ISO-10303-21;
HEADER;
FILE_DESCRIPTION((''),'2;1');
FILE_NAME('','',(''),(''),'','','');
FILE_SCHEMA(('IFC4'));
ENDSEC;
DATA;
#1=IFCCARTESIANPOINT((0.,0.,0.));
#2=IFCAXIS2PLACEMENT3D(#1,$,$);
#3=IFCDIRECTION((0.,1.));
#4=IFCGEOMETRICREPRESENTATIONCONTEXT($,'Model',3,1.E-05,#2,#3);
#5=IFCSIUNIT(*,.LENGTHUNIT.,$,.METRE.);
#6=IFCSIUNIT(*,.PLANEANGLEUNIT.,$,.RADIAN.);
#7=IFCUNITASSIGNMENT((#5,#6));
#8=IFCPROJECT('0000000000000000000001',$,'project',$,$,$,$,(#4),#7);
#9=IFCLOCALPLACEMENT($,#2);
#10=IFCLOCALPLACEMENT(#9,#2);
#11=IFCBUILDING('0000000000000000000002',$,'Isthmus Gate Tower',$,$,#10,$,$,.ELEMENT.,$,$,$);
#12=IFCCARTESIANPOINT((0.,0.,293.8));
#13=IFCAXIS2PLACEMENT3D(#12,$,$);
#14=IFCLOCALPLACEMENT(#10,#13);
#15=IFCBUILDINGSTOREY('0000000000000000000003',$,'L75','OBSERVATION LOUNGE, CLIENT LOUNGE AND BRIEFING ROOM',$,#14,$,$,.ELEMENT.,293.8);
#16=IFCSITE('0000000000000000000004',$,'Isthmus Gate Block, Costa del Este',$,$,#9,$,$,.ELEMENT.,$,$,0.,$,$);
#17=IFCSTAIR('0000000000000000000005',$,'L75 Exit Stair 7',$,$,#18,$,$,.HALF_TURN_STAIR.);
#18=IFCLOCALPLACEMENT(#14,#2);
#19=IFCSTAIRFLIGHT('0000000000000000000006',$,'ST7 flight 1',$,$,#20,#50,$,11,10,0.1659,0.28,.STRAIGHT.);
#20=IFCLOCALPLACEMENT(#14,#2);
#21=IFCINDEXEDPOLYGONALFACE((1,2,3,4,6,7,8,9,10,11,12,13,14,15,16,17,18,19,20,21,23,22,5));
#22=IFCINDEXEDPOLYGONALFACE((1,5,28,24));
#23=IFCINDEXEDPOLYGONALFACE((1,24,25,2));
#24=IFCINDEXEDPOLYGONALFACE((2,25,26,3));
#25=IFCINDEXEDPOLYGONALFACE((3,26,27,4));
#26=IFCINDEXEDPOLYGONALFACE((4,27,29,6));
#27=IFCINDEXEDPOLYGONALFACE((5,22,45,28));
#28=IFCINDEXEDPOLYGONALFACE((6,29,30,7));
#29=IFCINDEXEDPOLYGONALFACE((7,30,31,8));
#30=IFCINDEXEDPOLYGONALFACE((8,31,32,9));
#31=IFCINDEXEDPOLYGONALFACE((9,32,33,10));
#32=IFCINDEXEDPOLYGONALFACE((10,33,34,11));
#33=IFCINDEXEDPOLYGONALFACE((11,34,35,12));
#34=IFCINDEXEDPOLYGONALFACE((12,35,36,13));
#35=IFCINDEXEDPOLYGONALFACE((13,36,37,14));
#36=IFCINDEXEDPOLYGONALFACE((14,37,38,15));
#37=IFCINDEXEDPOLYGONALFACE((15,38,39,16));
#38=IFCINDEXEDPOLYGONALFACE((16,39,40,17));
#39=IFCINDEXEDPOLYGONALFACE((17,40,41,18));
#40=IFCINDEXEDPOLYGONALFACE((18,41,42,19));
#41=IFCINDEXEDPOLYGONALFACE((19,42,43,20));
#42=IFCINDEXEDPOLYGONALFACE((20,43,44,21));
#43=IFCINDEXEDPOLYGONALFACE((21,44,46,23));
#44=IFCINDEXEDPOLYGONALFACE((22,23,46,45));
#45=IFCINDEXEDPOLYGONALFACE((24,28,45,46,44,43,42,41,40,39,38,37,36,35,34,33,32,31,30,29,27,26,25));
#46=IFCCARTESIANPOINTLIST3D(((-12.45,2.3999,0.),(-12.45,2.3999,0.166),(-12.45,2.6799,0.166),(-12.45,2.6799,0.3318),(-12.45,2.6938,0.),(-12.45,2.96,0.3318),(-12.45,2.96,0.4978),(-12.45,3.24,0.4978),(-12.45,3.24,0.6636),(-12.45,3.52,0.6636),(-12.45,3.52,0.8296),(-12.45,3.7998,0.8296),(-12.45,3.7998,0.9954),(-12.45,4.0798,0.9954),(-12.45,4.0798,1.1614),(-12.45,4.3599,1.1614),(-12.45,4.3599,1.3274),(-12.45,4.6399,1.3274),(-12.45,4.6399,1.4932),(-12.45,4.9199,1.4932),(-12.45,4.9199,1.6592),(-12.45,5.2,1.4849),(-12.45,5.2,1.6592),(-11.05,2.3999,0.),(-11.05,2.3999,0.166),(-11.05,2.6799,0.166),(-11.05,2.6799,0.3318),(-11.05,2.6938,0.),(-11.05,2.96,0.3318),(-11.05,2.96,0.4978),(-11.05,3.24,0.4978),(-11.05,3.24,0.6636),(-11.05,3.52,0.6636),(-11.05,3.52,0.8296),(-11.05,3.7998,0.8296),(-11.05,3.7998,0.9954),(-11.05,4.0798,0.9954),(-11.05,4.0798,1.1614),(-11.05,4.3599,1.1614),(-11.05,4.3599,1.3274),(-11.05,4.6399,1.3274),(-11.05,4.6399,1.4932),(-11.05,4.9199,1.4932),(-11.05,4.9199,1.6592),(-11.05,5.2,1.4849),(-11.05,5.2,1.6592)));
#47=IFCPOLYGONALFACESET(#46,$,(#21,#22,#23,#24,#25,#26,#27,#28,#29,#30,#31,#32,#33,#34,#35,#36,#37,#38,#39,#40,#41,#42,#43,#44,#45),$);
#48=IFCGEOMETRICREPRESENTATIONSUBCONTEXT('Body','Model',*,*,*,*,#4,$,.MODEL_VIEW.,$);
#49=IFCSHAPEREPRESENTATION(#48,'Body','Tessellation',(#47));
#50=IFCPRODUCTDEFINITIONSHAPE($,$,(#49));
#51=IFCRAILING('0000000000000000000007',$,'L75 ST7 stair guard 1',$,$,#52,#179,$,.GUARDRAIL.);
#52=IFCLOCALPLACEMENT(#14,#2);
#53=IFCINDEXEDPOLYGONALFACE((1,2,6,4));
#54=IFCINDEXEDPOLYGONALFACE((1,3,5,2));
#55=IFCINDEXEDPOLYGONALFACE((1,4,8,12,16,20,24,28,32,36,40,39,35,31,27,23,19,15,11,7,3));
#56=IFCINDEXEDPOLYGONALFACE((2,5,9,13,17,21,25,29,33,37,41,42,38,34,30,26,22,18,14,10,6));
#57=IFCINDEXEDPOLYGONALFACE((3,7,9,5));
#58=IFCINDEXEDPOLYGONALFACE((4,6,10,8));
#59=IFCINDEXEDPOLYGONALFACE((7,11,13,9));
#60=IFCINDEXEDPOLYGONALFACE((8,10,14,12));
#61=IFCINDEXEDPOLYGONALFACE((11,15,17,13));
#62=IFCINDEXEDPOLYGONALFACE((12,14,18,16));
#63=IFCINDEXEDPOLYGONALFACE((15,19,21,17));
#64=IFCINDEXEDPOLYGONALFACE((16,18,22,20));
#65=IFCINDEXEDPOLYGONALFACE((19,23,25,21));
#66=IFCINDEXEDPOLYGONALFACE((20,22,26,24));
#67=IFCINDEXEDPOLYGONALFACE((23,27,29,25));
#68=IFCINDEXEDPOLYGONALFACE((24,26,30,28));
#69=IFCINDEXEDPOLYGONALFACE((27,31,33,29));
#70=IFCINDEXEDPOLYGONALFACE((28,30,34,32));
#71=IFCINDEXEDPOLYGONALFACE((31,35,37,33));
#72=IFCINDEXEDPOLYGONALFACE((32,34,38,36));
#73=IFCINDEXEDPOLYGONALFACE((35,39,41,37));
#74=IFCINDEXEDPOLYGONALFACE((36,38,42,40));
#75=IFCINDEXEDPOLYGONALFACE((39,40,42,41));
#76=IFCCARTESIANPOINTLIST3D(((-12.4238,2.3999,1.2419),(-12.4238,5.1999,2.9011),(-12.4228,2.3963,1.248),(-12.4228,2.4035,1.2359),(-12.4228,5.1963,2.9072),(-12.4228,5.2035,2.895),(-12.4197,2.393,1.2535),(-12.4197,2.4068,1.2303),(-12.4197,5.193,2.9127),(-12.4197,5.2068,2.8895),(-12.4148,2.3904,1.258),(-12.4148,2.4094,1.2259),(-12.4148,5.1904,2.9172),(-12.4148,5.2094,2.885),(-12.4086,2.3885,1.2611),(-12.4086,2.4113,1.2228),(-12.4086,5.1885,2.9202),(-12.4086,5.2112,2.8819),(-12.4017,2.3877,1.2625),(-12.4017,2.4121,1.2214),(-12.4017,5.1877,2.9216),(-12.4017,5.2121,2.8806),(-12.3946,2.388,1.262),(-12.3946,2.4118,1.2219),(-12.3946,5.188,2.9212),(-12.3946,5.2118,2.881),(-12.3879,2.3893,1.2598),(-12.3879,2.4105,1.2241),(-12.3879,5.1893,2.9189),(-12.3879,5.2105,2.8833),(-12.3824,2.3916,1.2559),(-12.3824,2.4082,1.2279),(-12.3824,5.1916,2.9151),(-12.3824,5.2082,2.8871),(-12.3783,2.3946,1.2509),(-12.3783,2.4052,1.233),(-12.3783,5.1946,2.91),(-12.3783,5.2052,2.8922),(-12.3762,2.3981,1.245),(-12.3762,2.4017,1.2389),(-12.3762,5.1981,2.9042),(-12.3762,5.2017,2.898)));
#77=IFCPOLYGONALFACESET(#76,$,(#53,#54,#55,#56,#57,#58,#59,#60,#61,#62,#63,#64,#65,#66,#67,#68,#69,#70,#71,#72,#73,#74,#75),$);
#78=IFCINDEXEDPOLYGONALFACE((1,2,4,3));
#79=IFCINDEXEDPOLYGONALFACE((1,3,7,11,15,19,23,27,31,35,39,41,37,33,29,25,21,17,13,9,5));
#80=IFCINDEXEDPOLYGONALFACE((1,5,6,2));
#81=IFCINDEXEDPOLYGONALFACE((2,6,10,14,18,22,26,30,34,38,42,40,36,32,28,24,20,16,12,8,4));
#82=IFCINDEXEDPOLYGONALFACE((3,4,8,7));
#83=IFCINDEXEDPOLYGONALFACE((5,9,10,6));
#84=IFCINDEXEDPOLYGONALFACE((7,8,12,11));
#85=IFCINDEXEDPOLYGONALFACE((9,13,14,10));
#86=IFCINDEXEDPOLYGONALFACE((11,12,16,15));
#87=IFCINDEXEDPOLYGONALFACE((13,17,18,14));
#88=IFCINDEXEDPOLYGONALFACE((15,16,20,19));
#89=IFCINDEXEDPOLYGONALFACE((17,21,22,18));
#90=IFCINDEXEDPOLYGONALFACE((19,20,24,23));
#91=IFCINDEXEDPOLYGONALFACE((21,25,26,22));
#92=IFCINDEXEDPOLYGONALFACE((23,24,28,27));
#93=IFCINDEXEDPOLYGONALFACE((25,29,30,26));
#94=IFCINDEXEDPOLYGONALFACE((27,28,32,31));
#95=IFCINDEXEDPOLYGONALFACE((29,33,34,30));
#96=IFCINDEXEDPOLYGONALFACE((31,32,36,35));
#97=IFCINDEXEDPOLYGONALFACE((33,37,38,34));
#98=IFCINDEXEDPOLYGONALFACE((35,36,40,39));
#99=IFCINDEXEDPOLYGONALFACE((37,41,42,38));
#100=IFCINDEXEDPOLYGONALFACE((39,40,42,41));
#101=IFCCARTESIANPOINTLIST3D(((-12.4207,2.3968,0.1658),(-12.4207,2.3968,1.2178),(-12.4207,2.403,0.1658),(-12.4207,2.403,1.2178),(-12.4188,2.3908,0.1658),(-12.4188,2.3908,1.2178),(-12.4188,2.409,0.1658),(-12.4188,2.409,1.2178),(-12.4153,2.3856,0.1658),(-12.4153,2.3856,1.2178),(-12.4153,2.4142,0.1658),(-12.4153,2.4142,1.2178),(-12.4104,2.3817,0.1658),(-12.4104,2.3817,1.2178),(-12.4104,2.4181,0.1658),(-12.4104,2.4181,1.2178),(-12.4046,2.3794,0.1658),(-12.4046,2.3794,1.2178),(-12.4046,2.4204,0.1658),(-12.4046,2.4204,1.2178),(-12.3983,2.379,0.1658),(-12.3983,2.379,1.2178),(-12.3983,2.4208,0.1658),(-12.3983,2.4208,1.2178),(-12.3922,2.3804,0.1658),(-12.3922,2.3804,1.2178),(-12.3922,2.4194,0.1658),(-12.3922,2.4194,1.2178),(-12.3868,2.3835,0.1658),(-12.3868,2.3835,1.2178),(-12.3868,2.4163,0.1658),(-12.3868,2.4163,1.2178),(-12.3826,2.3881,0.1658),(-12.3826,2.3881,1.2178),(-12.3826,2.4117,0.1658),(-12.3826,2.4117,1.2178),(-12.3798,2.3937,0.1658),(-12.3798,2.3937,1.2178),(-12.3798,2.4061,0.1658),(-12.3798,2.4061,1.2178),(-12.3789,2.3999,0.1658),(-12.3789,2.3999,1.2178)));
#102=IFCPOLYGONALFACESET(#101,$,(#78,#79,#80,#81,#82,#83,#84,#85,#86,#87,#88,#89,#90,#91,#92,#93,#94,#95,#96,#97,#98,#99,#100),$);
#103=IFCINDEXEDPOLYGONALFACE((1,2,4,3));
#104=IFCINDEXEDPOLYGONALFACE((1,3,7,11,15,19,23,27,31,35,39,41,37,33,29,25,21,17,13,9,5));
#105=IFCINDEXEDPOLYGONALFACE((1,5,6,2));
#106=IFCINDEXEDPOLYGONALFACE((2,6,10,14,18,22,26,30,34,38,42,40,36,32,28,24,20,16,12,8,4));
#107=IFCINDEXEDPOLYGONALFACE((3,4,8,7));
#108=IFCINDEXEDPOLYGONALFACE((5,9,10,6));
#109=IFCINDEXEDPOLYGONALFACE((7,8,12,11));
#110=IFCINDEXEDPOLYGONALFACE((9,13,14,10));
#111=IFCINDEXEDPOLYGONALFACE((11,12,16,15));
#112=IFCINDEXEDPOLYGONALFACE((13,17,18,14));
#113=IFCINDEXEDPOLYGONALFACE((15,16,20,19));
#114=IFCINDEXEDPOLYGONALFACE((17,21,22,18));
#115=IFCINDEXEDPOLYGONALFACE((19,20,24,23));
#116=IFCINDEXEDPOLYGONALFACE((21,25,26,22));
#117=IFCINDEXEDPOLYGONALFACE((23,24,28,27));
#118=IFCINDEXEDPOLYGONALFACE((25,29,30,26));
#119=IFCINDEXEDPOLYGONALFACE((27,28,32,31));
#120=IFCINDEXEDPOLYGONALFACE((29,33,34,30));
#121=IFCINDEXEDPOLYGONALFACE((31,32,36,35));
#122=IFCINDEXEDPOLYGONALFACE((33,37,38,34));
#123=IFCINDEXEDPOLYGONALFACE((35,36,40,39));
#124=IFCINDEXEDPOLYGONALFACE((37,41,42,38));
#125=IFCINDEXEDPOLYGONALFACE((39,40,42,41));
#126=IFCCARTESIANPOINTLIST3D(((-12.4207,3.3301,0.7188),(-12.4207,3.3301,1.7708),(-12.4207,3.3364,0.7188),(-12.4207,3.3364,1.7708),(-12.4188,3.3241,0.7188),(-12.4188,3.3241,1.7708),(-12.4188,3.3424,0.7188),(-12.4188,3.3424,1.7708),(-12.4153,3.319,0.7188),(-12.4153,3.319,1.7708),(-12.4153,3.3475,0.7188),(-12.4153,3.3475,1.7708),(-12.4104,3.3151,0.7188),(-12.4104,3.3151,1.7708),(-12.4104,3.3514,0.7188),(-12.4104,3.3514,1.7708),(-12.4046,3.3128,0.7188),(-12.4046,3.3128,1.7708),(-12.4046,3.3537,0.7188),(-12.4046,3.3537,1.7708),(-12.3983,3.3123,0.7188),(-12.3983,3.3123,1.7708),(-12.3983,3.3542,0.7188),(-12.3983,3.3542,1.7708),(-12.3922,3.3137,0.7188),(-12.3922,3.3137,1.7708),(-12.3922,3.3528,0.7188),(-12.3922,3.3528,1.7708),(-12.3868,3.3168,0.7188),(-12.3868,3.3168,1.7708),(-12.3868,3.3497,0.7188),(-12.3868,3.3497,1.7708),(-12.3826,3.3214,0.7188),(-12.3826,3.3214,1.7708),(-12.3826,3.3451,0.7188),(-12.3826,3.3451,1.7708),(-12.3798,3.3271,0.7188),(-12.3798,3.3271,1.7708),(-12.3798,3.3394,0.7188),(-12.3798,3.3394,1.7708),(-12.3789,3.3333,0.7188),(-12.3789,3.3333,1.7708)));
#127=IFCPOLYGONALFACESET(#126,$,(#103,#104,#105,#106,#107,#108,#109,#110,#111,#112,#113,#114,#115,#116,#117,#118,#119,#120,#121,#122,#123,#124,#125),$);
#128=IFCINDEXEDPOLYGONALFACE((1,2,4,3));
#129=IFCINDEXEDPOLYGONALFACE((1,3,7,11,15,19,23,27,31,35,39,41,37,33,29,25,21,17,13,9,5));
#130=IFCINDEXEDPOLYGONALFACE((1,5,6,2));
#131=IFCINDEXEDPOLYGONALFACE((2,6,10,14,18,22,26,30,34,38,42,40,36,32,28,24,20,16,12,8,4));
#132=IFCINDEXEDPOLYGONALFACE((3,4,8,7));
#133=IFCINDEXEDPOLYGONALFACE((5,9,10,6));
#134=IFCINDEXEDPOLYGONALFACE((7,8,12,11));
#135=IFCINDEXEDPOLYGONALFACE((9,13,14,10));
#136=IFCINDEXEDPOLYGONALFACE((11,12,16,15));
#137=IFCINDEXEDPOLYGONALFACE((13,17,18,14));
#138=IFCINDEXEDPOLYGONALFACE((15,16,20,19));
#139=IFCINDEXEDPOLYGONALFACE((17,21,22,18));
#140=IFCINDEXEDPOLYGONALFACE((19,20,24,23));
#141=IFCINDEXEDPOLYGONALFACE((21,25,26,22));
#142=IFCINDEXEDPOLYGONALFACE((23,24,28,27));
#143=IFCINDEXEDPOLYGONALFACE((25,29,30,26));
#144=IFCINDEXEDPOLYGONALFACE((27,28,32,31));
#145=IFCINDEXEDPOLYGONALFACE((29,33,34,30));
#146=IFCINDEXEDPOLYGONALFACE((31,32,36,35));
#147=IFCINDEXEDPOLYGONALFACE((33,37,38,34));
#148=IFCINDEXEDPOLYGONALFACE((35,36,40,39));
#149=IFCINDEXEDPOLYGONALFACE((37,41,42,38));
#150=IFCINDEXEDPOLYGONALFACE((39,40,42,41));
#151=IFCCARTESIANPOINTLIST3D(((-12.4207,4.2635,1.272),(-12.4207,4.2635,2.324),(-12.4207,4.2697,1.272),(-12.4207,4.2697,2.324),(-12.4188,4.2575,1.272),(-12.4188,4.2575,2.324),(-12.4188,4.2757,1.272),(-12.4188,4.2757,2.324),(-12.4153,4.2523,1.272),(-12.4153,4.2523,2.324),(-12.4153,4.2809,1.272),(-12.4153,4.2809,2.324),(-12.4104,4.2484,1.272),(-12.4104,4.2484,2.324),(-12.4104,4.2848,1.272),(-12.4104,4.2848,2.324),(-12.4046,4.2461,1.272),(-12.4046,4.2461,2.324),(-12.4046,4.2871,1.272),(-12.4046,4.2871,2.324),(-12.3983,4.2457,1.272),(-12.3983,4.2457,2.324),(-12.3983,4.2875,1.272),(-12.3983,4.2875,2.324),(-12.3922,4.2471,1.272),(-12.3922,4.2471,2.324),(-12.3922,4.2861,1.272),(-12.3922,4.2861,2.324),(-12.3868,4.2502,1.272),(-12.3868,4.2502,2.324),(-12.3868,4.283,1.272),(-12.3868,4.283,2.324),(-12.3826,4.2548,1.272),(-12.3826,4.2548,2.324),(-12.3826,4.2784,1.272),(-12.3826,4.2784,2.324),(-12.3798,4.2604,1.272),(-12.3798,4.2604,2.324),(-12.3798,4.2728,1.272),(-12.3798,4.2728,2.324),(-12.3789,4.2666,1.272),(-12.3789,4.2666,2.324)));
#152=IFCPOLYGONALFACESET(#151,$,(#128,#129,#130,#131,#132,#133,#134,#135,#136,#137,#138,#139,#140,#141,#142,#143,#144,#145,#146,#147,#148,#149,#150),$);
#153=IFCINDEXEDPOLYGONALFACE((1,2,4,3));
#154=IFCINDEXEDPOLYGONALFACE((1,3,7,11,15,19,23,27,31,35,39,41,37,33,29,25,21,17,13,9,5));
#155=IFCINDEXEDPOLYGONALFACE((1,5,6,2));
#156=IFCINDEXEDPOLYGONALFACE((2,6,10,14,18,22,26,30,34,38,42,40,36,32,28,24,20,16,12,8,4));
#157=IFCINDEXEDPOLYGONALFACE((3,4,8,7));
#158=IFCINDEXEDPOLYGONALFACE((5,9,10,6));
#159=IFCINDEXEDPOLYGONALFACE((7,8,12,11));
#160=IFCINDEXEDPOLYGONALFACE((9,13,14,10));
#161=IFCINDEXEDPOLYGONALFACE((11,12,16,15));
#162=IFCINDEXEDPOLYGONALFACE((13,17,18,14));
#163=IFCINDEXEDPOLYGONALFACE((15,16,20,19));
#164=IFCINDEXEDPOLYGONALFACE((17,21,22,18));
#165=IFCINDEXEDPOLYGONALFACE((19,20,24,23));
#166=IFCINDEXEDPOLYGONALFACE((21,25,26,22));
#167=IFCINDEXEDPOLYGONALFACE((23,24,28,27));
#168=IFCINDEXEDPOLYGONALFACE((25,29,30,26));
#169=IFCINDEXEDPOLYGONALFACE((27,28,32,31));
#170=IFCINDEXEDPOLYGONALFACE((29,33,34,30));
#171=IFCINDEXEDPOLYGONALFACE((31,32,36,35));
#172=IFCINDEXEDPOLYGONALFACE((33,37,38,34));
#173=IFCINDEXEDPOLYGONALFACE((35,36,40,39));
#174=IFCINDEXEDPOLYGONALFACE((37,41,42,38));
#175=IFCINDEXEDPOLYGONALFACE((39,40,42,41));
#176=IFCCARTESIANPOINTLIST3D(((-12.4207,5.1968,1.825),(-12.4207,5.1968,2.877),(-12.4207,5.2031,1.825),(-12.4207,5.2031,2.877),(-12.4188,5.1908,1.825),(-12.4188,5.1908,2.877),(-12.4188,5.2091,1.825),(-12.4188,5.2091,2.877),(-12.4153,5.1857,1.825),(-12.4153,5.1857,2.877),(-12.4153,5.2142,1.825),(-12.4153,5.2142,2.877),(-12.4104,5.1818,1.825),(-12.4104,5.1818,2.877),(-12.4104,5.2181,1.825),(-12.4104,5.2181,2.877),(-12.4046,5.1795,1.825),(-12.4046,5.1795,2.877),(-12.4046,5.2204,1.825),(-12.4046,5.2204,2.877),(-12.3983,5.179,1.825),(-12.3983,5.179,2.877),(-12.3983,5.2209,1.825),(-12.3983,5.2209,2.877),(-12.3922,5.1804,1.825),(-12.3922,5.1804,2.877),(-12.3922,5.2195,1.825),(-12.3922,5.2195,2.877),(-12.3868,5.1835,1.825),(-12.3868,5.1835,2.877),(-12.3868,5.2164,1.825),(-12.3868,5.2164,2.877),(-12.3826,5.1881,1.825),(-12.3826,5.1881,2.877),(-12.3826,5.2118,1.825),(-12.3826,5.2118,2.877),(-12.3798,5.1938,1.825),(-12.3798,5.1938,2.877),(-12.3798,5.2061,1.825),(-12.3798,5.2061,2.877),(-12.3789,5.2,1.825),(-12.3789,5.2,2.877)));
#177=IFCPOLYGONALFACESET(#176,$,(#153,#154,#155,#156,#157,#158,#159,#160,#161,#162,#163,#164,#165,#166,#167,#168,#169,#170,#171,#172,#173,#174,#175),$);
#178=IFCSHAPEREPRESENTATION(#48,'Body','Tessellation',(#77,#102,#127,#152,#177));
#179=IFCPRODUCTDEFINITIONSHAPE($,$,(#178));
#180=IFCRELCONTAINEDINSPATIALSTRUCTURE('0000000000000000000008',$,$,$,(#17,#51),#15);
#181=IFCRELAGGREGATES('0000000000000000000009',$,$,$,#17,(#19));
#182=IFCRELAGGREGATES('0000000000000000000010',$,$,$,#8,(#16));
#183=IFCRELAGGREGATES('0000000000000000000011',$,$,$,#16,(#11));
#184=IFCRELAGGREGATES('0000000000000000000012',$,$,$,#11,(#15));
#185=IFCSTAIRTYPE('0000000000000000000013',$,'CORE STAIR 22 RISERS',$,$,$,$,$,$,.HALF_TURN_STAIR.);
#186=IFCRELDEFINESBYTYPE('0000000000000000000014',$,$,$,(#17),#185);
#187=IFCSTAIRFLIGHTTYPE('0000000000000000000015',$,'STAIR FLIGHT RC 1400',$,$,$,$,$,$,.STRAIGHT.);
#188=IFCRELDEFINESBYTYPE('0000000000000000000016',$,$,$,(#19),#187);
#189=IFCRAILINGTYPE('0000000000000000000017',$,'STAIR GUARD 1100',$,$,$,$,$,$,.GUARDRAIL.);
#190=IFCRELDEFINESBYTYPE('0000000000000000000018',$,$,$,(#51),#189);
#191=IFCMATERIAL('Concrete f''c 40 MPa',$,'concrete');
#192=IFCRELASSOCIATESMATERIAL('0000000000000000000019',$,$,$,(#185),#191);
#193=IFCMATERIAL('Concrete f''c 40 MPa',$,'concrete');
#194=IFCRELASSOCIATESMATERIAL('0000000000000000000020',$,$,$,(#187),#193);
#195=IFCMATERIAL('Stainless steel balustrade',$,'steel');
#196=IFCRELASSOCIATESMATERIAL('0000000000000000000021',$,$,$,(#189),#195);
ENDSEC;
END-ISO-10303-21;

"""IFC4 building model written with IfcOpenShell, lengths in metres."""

from ifc_helpers import new_model, si_unit, direction, frame, origin, origin_2d, place, context, subcontext, project, spatial, polyline, circle, outline, extrude, material, type_object, element, aggregate, save


model = new_model("IFC4")

# Units and contexts
model_context = context("Model", 3, precision=1e-05, world=origin(), true_north=direction((0.0, 1.0)))
body_context = subcontext(model_context, "Body", "Model", "MODEL_VIEW")
ifc_project = project(units=[si_unit("LENGTHUNIT", "METRE"), si_unit("PLANEANGLEUNIT", "RADIAN")], contexts=[model_context])

# Site, building, storey
site_placement = place(None, origin())
site = spatial("IfcSite", under=ifc_project, at=site_placement, Name="Isthmus Gate Block, Costa del Este", CompositionType="ELEMENT", RefElevation=0.0)
building_placement = place(site_placement, origin())
building = spatial("IfcBuilding", under=site, at=building_placement, Name="Isthmus Gate Tower", CompositionType="ELEMENT")
storey_placement = place(building_placement, frame((0.0, 0.0, 293.8)))
storey = spatial("IfcBuildingStorey", under=building, at=storey_placement, Name="L75", Description="OBSERVATION LOUNGE, CLIENT LOUNGE AND BRIEFING ROOM", CompositionType="ELEMENT", Elevation=293.8)

# Stair, stair flight
ifc_material_1 = material(Name="Concrete f'c 40 MPa", Category="concrete")
stair_type = type_object("IfcStairType", Name="CORE STAIR 22 RISERS", PredefinedType="HALF_TURN_STAIR", material=ifc_material_1)
stair_placement = place(storey_placement, origin())
stair = element("IfcStair", 1, at=stair_placement, inside=storey, type_object=stair_type, Name="L75 Exit Stair 7", PredefinedType="HALF_TURN_STAIR")
ifc_material_2 = material(Name="Concrete f'c 40 MPa", Category="concrete")
stair_flight_type = type_object("IfcStairFlightType", Name="STAIR FLIGHT RC 1400", PredefinedType="STRAIGHT", material=ifc_material_2)
stair_flight_placement = place(storey_placement, frame((-11.75, 2.3999, 0.0), z_axis=(0.0, 0.0, 1.0), x_axis=(0.0, 1.0, 0.0)))
stair_flight = element("IfcStairFlight", 2, at=stair_flight_placement, type_object=stair_flight_type, Name="ST7 flight 1", NumberOfRisers=11, NumberOfTreads=10, PredefinedType="STRAIGHT", RiserHeight=0.1659, TreadLength=0.28, context=body_context, shape_type="SweptSolid", body=[
    extrude(outline(polyline([(0.0, 0.0), (0.0, 0.166), (0.28, 0.166), (0.28, 0.3318), (0.5601, 0.3318), (0.5601, 0.4978), (0.8401, 0.4978), (0.8401, 0.6636), (1.1201, 0.6636), (1.1201, 0.8296), (1.3999, 0.8296), (1.3999, 0.9954), (1.6799, 0.9954), (1.6799, 1.1614), (1.96, 1.1614), (1.96, 1.3274), (2.24, 1.3274), (2.24, 1.4932), (2.52, 1.4932), (2.52, 1.6592), (2.8, 1.6592), (2.8, 1.825), (2.8, 1.4849), (0.2939, 0.0), (0.0, 0.0)])), frame((0.0, 0.7, 0.0), z_axis=(0.0, -1.0, 0.0), x_axis=(1.0, 0.0, 0.0)), (0.0, 0.0, 1.0), 1.3999),
])
aggregate(stair, [stair_flight])

# Railing
ifc_material_3 = material(Name="Stainless steel balustrade", Category="steel")
railing_type_1 = type_object("IfcRailingType", Name="STAIR GUARD 1100", PredefinedType="GUARDRAIL", material=ifc_material_3)
railing_1_placement = place(storey_placement, frame((-12.3999, 2.3999, 0.1658)))
element("IfcRailing", 3, at=railing_1_placement, inside=storey, type_object=railing_type_1, Name="L75 ST7 stair guard 1", PredefinedType="GUARDRAIL", context=body_context, shape_type="SweptSolid", body=[
    extrude(circle(Radius=0.0239, at=origin_2d()), frame((0.0, 0.0, 1.0762), z_axis=(0.0, 0.860306, 0.509778), x_axis=(-1.0, 0.0, 0.0)), (0.0, 0.0, 1.0), 3.2546),
    extrude(circle(Radius=0.021, at=origin_2d()), origin(), (0.0, 0.0, 1.0), 1.052),
    extrude(circle(Radius=0.021, at=origin_2d()), frame((0.0, 0.9333, 0.553)), (0.0, 0.0, 1.0), 1.052),
    extrude(circle(Radius=0.021, at=origin_2d()), frame((0.0, 1.8667, 1.1062)), (0.0, 0.0, 1.0), 1.052),
    extrude(circle(Radius=0.021, at=origin_2d()), frame((0.0, 2.8, 1.6592)), (0.0, 0.0, 1.0), 1.052),
])

save(model, "model.ifc")
